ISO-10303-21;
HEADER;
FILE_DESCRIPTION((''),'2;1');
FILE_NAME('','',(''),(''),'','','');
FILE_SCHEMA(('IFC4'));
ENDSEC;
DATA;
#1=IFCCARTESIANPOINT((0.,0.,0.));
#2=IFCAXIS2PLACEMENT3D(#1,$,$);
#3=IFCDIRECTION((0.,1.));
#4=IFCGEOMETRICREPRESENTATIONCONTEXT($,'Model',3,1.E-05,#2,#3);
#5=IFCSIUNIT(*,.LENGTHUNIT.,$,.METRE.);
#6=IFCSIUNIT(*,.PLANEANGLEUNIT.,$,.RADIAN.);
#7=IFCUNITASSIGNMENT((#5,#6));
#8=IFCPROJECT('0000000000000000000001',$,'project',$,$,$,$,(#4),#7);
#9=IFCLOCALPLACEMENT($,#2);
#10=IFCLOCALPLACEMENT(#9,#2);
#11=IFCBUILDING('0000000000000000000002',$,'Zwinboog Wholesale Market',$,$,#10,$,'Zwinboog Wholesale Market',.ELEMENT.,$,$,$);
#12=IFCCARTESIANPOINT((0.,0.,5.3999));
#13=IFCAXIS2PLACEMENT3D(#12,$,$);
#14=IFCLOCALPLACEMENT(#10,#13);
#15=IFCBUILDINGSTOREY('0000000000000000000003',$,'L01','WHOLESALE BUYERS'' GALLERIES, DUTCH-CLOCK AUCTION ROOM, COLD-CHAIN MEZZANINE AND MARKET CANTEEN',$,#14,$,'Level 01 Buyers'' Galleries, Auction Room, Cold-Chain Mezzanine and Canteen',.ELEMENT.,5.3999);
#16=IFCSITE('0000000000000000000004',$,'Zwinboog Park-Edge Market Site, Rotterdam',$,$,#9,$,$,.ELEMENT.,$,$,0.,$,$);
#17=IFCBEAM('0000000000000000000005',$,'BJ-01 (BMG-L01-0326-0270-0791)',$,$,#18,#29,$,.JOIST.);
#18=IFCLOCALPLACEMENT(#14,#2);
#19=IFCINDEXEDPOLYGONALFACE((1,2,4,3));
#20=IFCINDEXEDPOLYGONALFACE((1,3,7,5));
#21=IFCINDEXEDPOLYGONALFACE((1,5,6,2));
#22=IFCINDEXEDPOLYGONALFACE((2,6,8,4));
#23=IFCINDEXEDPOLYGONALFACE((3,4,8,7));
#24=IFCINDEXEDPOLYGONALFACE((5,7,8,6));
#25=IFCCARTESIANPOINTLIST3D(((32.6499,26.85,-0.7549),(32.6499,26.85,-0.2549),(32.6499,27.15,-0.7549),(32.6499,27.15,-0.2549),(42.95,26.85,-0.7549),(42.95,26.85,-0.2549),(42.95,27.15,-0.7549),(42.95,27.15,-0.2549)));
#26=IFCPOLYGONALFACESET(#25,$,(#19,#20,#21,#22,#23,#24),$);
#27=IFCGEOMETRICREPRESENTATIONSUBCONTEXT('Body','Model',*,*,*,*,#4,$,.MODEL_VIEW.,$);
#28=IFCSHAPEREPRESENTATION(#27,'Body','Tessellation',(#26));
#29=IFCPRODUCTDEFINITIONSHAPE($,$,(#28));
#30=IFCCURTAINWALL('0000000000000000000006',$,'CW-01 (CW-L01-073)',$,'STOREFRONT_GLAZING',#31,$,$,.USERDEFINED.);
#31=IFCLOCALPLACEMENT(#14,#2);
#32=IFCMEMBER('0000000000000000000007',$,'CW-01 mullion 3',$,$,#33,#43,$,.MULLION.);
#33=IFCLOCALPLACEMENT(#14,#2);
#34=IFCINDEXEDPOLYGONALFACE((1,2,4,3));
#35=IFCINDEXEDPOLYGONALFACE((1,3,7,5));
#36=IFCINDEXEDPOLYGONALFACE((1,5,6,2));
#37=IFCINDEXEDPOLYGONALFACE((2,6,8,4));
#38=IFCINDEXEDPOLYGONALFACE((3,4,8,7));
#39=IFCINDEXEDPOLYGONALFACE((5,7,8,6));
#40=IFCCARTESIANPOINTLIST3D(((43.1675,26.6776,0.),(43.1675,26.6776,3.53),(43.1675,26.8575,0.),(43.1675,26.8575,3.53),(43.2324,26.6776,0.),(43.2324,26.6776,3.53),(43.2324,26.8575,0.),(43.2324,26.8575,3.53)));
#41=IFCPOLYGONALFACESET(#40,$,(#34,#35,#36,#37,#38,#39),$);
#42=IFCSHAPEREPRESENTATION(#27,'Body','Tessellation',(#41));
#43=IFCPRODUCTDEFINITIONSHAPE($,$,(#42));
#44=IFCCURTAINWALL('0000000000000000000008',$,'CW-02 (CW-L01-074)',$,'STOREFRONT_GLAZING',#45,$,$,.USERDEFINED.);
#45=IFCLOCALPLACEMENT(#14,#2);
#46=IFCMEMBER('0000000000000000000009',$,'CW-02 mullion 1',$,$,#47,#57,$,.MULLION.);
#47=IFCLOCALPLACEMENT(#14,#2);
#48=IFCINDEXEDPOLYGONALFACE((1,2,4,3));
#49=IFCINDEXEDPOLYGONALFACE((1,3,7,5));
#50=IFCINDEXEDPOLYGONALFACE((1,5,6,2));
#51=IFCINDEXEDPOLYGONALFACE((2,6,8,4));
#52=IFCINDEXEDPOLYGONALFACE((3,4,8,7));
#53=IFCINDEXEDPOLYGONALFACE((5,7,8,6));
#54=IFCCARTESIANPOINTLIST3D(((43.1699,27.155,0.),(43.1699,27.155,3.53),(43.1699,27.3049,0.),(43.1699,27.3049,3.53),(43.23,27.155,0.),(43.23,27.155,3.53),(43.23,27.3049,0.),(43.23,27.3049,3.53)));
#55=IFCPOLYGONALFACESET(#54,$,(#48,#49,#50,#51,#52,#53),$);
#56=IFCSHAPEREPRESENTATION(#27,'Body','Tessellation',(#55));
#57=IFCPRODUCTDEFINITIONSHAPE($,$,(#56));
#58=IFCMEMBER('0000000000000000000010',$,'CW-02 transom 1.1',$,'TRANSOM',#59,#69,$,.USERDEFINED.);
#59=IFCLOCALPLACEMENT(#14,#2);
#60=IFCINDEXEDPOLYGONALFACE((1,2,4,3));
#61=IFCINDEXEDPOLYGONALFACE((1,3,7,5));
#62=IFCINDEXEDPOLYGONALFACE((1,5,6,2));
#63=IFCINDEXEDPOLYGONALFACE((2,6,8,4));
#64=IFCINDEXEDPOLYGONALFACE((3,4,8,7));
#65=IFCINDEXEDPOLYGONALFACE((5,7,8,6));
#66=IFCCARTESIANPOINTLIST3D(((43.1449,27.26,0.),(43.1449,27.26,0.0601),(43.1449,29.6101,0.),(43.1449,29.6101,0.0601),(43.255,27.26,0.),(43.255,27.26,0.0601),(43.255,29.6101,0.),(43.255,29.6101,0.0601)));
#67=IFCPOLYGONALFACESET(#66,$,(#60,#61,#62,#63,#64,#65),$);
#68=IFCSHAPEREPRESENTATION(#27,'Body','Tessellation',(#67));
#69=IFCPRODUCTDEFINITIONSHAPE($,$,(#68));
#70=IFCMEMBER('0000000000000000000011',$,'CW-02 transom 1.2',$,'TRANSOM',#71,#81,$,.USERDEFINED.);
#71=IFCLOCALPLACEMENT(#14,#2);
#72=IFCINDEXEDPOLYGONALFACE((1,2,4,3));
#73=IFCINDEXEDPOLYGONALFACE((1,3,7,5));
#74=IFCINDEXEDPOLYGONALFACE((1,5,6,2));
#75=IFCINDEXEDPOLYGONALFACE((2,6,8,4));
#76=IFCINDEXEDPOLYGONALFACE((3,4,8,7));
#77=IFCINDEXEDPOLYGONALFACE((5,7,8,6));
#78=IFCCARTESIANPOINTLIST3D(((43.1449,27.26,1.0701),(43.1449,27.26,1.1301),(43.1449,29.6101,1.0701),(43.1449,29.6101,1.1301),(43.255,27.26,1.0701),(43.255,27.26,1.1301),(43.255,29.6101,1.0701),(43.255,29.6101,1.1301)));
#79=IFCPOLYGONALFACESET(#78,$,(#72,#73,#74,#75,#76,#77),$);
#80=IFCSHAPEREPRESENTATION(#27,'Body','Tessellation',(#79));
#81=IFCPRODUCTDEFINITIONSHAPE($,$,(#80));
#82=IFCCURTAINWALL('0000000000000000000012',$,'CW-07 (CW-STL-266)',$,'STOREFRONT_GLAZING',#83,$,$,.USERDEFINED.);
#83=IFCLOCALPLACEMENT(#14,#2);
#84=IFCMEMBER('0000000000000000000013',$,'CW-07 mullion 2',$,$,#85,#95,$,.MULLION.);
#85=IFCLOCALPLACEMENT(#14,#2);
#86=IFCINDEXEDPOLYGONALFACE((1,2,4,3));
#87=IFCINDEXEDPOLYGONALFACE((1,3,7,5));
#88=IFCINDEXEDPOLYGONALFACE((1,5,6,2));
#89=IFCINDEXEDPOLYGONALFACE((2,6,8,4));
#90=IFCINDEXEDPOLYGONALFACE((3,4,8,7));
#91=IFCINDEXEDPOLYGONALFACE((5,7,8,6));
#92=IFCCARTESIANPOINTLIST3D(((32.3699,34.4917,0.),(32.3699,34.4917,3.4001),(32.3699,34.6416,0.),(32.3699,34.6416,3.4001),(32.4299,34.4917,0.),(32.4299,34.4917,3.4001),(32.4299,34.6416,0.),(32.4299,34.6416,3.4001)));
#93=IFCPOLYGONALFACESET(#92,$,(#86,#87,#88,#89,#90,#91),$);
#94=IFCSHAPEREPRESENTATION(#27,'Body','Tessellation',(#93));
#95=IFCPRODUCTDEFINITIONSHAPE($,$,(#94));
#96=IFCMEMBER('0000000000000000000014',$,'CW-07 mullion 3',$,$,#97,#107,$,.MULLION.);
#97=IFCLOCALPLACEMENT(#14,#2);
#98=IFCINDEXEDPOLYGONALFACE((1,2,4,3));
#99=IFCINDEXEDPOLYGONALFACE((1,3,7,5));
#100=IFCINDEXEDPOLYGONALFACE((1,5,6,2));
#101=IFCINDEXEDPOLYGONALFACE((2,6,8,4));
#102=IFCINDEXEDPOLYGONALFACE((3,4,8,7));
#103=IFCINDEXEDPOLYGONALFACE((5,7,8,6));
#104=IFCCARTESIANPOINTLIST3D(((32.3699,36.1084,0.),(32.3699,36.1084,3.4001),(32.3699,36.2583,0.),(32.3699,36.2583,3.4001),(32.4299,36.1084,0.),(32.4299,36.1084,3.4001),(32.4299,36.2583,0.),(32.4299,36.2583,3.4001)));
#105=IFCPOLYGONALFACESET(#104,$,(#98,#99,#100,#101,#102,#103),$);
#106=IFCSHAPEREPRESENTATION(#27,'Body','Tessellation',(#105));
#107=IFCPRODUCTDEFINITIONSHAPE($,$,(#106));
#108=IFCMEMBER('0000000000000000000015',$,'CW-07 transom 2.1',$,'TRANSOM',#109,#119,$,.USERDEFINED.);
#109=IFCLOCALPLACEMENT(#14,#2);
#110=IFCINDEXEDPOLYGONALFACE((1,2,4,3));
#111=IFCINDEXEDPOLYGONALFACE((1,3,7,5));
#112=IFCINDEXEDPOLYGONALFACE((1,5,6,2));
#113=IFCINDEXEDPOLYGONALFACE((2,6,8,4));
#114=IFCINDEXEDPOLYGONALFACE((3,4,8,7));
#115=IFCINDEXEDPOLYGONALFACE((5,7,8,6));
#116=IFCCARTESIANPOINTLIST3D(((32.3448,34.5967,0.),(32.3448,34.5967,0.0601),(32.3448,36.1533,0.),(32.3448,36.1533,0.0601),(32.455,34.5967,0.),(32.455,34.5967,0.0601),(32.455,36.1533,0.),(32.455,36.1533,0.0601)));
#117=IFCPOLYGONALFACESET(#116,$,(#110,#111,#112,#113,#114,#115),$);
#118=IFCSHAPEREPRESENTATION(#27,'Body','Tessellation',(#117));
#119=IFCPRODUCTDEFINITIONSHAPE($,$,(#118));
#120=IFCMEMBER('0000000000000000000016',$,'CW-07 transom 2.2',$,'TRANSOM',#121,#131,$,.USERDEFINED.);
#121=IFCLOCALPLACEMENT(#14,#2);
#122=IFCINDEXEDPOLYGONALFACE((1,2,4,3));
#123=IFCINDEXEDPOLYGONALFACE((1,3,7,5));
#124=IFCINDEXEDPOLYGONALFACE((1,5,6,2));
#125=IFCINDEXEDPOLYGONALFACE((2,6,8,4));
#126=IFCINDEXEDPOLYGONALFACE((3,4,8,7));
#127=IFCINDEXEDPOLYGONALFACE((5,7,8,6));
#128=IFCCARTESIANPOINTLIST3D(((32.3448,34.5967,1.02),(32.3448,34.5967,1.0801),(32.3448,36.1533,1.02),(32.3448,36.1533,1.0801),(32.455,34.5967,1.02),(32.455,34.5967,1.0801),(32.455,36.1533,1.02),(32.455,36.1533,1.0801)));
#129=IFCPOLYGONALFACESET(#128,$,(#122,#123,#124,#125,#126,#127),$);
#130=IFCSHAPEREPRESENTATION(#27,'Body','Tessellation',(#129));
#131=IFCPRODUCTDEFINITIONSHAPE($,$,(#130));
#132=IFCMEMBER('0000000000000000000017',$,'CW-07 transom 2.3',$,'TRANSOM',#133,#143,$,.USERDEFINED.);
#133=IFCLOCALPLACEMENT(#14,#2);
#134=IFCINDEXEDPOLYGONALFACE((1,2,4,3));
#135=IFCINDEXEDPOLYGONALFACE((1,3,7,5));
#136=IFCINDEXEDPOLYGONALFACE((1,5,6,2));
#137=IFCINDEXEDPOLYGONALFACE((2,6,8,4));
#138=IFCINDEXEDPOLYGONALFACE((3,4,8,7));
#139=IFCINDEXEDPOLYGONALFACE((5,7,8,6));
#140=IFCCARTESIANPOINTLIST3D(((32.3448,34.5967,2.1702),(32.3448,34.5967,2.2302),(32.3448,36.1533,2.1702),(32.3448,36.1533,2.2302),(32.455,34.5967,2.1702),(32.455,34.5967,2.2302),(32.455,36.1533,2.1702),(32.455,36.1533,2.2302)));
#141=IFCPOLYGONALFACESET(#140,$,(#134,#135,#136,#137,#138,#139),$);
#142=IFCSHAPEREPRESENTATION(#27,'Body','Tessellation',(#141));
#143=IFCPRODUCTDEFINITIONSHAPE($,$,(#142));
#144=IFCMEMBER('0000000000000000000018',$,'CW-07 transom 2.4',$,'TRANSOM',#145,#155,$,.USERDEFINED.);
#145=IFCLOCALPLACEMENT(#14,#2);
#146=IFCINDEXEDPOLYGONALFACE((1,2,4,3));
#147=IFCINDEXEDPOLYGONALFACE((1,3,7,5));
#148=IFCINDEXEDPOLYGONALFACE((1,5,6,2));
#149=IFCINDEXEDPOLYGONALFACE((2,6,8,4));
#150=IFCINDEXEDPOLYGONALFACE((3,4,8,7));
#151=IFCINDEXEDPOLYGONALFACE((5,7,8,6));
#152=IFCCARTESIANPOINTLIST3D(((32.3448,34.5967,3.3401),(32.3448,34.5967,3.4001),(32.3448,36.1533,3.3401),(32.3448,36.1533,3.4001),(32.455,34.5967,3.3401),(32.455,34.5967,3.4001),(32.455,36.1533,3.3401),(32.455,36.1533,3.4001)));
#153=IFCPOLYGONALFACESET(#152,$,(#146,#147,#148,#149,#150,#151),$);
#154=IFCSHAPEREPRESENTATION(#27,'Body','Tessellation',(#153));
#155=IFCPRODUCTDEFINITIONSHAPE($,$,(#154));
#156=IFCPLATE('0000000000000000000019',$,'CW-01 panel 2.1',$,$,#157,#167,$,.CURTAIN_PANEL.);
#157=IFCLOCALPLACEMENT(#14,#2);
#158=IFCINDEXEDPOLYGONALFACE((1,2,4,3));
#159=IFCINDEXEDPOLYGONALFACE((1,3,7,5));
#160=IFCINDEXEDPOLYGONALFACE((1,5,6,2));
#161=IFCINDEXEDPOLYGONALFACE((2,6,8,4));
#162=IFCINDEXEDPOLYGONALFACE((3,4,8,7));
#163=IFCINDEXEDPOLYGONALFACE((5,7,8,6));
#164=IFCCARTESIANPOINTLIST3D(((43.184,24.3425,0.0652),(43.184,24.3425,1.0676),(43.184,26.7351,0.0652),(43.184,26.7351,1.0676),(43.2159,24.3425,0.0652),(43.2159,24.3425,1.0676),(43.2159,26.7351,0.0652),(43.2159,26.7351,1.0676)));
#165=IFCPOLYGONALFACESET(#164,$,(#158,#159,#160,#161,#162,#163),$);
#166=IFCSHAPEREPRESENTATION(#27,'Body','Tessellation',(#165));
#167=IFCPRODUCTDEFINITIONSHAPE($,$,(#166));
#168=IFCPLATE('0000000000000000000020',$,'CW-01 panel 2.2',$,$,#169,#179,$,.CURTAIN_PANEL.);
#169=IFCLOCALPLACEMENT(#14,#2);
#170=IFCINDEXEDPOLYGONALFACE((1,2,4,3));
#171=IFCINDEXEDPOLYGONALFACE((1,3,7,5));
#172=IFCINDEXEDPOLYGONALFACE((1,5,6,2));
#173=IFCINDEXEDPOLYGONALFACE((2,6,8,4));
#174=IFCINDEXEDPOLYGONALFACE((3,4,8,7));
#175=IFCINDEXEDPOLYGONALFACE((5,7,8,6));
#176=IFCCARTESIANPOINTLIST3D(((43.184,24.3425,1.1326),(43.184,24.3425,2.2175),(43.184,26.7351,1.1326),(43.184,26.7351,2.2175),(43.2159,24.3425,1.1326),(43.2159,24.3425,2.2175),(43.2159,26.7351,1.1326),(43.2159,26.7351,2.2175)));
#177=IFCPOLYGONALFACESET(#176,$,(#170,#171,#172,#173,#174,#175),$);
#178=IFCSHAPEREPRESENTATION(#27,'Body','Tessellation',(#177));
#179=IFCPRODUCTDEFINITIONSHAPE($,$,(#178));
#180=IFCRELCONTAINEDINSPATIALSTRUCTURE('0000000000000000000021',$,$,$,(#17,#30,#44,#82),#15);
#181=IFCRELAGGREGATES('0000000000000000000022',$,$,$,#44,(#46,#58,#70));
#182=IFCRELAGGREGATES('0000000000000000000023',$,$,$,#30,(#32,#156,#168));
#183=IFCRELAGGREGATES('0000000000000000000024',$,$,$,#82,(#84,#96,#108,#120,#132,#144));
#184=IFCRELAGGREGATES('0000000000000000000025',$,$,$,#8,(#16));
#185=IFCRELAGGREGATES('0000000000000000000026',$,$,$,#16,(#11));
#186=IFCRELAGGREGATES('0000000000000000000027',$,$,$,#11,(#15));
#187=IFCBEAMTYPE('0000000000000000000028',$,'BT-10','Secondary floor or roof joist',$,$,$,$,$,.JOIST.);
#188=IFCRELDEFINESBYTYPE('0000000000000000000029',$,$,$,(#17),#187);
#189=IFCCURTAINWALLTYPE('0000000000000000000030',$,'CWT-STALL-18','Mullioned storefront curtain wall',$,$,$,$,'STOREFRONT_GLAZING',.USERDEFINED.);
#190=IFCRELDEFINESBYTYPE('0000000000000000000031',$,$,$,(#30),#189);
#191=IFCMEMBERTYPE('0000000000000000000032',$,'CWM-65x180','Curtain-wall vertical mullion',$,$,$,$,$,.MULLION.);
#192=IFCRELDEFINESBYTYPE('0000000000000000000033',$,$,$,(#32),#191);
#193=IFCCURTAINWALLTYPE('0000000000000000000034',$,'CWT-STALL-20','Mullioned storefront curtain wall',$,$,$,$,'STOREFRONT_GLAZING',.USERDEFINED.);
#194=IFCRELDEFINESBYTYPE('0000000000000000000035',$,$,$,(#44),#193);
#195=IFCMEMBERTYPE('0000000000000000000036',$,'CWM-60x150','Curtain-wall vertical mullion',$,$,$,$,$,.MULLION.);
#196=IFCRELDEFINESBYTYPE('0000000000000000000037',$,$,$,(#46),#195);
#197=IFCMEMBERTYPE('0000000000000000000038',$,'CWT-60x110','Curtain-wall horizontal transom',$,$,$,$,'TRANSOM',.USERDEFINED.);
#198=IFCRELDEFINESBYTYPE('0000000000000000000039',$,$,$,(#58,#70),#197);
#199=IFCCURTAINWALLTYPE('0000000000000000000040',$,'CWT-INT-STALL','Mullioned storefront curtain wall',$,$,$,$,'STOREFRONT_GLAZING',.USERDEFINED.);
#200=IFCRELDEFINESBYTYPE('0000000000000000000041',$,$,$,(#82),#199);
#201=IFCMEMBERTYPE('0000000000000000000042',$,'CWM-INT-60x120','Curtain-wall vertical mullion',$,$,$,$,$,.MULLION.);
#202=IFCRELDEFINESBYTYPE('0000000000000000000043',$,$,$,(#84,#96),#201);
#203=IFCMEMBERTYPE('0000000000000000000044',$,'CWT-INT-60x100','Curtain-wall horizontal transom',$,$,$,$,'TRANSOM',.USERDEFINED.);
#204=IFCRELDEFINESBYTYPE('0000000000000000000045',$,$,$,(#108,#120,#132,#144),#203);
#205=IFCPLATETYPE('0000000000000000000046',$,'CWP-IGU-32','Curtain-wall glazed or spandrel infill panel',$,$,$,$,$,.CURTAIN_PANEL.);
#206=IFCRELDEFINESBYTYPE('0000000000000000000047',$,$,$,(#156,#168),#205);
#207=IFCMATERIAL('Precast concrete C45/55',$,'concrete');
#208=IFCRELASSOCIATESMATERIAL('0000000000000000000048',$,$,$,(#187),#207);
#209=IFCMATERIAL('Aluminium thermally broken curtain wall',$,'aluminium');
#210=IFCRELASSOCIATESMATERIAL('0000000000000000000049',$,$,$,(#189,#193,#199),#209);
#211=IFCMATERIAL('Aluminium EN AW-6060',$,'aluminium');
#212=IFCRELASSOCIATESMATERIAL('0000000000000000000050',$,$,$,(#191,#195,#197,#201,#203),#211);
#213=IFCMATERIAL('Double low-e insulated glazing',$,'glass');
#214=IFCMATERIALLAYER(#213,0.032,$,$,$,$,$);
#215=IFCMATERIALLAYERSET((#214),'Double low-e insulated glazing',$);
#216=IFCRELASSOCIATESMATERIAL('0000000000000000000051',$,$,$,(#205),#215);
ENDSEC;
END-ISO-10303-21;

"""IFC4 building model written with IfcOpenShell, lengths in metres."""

from ifc_helpers import new_model, si_unit, direction, frame, origin, origin_2d, place, context, subcontext, project, spatial, rectangle, extrude, material, layer, layer_set, material_profile, profile_set, type_object, element, aggregate, save


model = new_model("IFC4")

# Units and contexts
model_context = context("Model", 3, precision=1e-05, world=origin(), true_north=direction((0.0, 1.0)))
body_context = subcontext(model_context, "Body", "Model", "MODEL_VIEW")
ifc_project = project(units=[si_unit("LENGTHUNIT", "METRE"), si_unit("PLANEANGLEUNIT", "RADIAN")], contexts=[model_context])

# Site, building, storey
site_placement = place(None, origin())
site = spatial("IfcSite", under=ifc_project, at=site_placement, Name="Zwinboog Park-Edge Market Site, Rotterdam", CompositionType="ELEMENT", RefElevation=0.0)
building_placement = place(site_placement, origin())
building = spatial("IfcBuilding", under=site, at=building_placement, Name="Zwinboog Wholesale Market", LongName="Zwinboog Wholesale Market", CompositionType="ELEMENT")
storey_placement = place(building_placement, frame((0.0, 0.0, 5.3999)))
storey = spatial("IfcBuildingStorey", under=building, at=storey_placement, Name="L01", Description="WHOLESALE BUYERS' GALLERIES, DUTCH-CLOCK AUCTION ROOM, COLD-CHAIN MEZZANINE AND MARKET CANTEEN", LongName="Level 01 Buyers' Galleries, Auction Room, Cold-Chain Mezzanine and Canteen", CompositionType="ELEMENT", Elevation=5.3999)

# Beam
ifc_material_1 = material(Name="Precast concrete C45/55", Category="concrete")
ifc_material_profile_1 = material_profile(ifc_material_1, rectangle(XDim=0.3, YDim=0.5, at=origin_2d()), Name="PC 300x500")
ifc_profile_set_1 = profile_set([ifc_material_profile_1], Name="Precast concrete C45/55")
beam_type = type_object("IfcBeamType", Name="BT-10", Description="Secondary floor or roof joist", PredefinedType="JOIST", material=ifc_profile_set_1)
beam_placement = place(storey_placement, frame((32.6499, 27.0, -0.5049), z_axis=(1.0, 0.0, 0.0), x_axis=(0.0, 1.0, 0.0)))
element("IfcBeam", 1, at=beam_placement, inside=storey, type_object=beam_type, Name="BJ-01 (BMG-L01-0326-0270-0791)", PredefinedType="JOIST", context=body_context, shape_type="SweptSolid", body=[
    extrude(rectangle(XDim=0.3, YDim=0.5, at=origin_2d()), origin(), (0.0, 0.0, 1.0), 10.3),
])

# Curtain wall, member
ifc_material_2 = material(Name="Aluminium thermally broken curtain wall", Category="aluminium")
curtain_wall_type_1 = type_object("IfcCurtainWallType", Name="CWT-STALL-18", Description="Mullioned storefront curtain wall", ElementType="STOREFRONT_GLAZING", PredefinedType="USERDEFINED", material=ifc_material_2)
curtain_wall_1_placement = place(storey_placement, origin())
curtain_wall_1 = element("IfcCurtainWall", 2, at=curtain_wall_1_placement, inside=storey, type_object=curtain_wall_type_1, Name="CW-01 (CW-L01-073)", ObjectType="STOREFRONT_GLAZING", PredefinedType="USERDEFINED")
ifc_material_3 = material(Name="Aluminium EN AW-6060", Category="aluminium")
ifc_material_profile_2 = material_profile(ifc_material_3, rectangle(XDim=0.0649, YDim=0.1799, at=origin_2d()), Name="AL 65x180")
ifc_profile_set_2 = profile_set([ifc_material_profile_2], Name="Aluminium EN AW-6060")
member_type_1 = type_object("IfcMemberType", Name="CWM-65x180", Description="Curtain-wall vertical mullion", PredefinedType="MULLION", material=ifc_profile_set_2)
member_1_placement = place(storey_placement, frame((43.2, 26.7676, 0.0), z_axis=(0.0, 0.0, 1.0), x_axis=(-1.0, 0.0, 0.0)))
member_1 = element("IfcMember", 3, at=member_1_placement, type_object=member_type_1, Name="CW-01 mullion 3", PredefinedType="MULLION", context=body_context, shape_type="SweptSolid", body=[
    extrude(rectangle(XDim=0.0649, YDim=0.1799, at=origin_2d()), origin(), (0.0, 0.0, 1.0), 3.53),
])

# Curtain walls, members
curtain_wall_type_2 = type_object("IfcCurtainWallType", Name="CWT-STALL-20", Description="Mullioned storefront curtain wall", ElementType="STOREFRONT_GLAZING", PredefinedType="USERDEFINED", material=ifc_material_2)
curtain_wall_2_placement = place(storey_placement, origin())
curtain_wall_2 = element("IfcCurtainWall", 4, at=curtain_wall_2_placement, inside=storey, type_object=curtain_wall_type_2, Name="CW-02 (CW-L01-074)", ObjectType="STOREFRONT_GLAZING", PredefinedType="USERDEFINED")
ifc_material_profile_3 = material_profile(ifc_material_3, rectangle(XDim=0.0601, YDim=0.1499, at=origin_2d()), Name="AL 60x150")
ifc_profile_set_3 = profile_set([ifc_material_profile_3], Name="Aluminium EN AW-6060")
member_type_2 = type_object("IfcMemberType", Name="CWM-60x150", Description="Curtain-wall vertical mullion", PredefinedType="MULLION", material=ifc_profile_set_3)
member_2_placement = place(storey_placement, frame((43.2, 27.23, 0.0), z_axis=(0.0, 0.0, 1.0), x_axis=(-1.0, 0.0, 0.0)))
member_2 = element("IfcMember", 5, at=member_2_placement, type_object=member_type_2, Name="CW-02 mullion 1", PredefinedType="MULLION", context=body_context, shape_type="SweptSolid", body=[
    extrude(rectangle(XDim=0.0601, YDim=0.1499, at=origin_2d()), origin(), (0.0, 0.0, 1.0), 3.53),
])
ifc_material_profile_4 = material_profile(ifc_material_3, rectangle(XDim=0.1101, YDim=0.0601, at=origin_2d()), Name="AL 60x110")
ifc_profile_set_4 = profile_set([ifc_material_profile_4], Name="Aluminium EN AW-6060")
member_type_3 = type_object("IfcMemberType", Name="CWT-60x110", Description="Curtain-wall horizontal transom", ElementType="TRANSOM", PredefinedType="USERDEFINED", material=ifc_profile_set_4)
member_3_placement = place(storey_placement, frame((43.2, 27.26, 0.03), z_axis=(0.0, 1.0, 0.0), x_axis=(-1.0, 0.0, 0.0)))
member_3 = element("IfcMember", 6, at=member_3_placement, type_object=member_type_3, Name="CW-02 transom 1.1", ObjectType="TRANSOM", PredefinedType="USERDEFINED", context=body_context, shape_type="SweptSolid", body=[
    extrude(rectangle(XDim=0.1101, YDim=0.0601, at=origin_2d()), origin(), (0.0, 0.0, 1.0), 2.3501),
])
member_4_placement = place(storey_placement, frame((43.2, 27.26, 1.1001), z_axis=(0.0, 1.0, 0.0), x_axis=(-1.0, 0.0, 0.0)))
member_4 = element("IfcMember", 7, at=member_4_placement, type_object=member_type_3, Name="CW-02 transom 1.2", ObjectType="TRANSOM", PredefinedType="USERDEFINED", context=body_context, shape_type="SweptSolid", body=[
    extrude(rectangle(XDim=0.1101, YDim=0.0601, at=origin_2d()), origin(), (0.0, 0.0, 1.0), 2.3501),
])
aggregate(curtain_wall_2, [member_2, member_3, member_4])
curtain_wall_type_3 = type_object("IfcCurtainWallType", Name="CWT-INT-STALL", Description="Mullioned storefront curtain wall", ElementType="STOREFRONT_GLAZING", PredefinedType="USERDEFINED", material=ifc_material_2)
curtain_wall_3_placement = place(storey_placement, origin())
curtain_wall_3 = element("IfcCurtainWall", 8, at=curtain_wall_3_placement, inside=storey, type_object=curtain_wall_type_3, Name="CW-07 (CW-STL-266)", ObjectType="STOREFRONT_GLAZING", PredefinedType="USERDEFINED")
ifc_material_profile_5 = material_profile(ifc_material_3, rectangle(XDim=0.0601, YDim=0.1499, at=origin_2d()), Name="AL 60x150")
ifc_profile_set_5 = profile_set([ifc_material_profile_5], Name="Aluminium EN AW-6060")
member_type_4 = type_object("IfcMemberType", Name="CWM-INT-60x120", Description="Curtain-wall vertical mullion", PredefinedType="MULLION", material=ifc_profile_set_5)
member_5_placement = place(storey_placement, frame((32.3999, 34.5667, 0.0), z_axis=(0.0, 0.0, 1.0), x_axis=(-1.0, 0.0, 0.0)))
member_5 = element("IfcMember", 9, at=member_5_placement, type_object=member_type_4, Name="CW-07 mullion 2", PredefinedType="MULLION", context=body_context, shape_type="SweptSolid", body=[
    extrude(rectangle(XDim=0.0601, YDim=0.1499, at=origin_2d()), origin(), (0.0, 0.0, 1.0), 3.4001),
])
member_6_placement = place(storey_placement, frame((32.3999, 36.1833, 0.0), z_axis=(0.0, 0.0, 1.0), x_axis=(-1.0, 0.0, 0.0)))
member_6 = element("IfcMember", 10, at=member_6_placement, type_object=member_type_4, Name="CW-07 mullion 3", PredefinedType="MULLION", context=body_context, shape_type="SweptSolid", body=[
    extrude(rectangle(XDim=0.0601, YDim=0.1499, at=origin_2d()), origin(), (0.0, 0.0, 1.0), 3.4001),
])
ifc_material_profile_6 = material_profile(ifc_material_3, rectangle(XDim=0.1101, YDim=0.0601, at=origin_2d()), Name="AL 60x110")
ifc_profile_set_6 = profile_set([ifc_material_profile_6], Name="Aluminium EN AW-6060")
member_type_5 = type_object("IfcMemberType", Name="CWT-INT-60x100", Description="Curtain-wall horizontal transom", ElementType="TRANSOM", PredefinedType="USERDEFINED", material=ifc_profile_set_6)
member_7_placement = place(storey_placement, frame((32.3999, 34.5967, 0.03), z_axis=(0.0, 1.0, 0.0), x_axis=(-1.0, 0.0, 0.0)))
member_7 = element("IfcMember", 11, at=member_7_placement, type_object=member_type_5, Name="CW-07 transom 2.1", ObjectType="TRANSOM", PredefinedType="USERDEFINED", context=body_context, shape_type="SweptSolid", body=[
    extrude(rectangle(XDim=0.1101, YDim=0.0601, at=origin_2d()), origin(), (0.0, 0.0, 1.0), 1.5566),
])
member_8_placement = place(storey_placement, frame((32.3999, 34.5967, 1.05), z_axis=(0.0, 1.0, 0.0), x_axis=(-1.0, 0.0, 0.0)))
member_8 = element("IfcMember", 12, at=member_8_placement, type_object=member_type_5, Name="CW-07 transom 2.2", ObjectType="TRANSOM", PredefinedType="USERDEFINED", context=body_context, shape_type="SweptSolid", body=[
    extrude(rectangle(XDim=0.1101, YDim=0.0601, at=origin_2d()), origin(), (0.0, 0.0, 1.0), 1.5566),
])
member_9_placement = place(storey_placement, frame((32.3999, 34.5967, 2.2002), z_axis=(0.0, 1.0, 0.0), x_axis=(-1.0, 0.0, 0.0)))
member_9 = element("IfcMember", 13, at=member_9_placement, type_object=member_type_5, Name="CW-07 transom 2.3", ObjectType="TRANSOM", PredefinedType="USERDEFINED", context=body_context, shape_type="SweptSolid", body=[
    extrude(rectangle(XDim=0.1101, YDim=0.0601, at=origin_2d()), origin(), (0.0, 0.0, 1.0), 1.5566),
])
member_10_placement = place(storey_placement, frame((32.3999, 34.5967, 3.3701), z_axis=(0.0, 1.0, 0.0), x_axis=(-1.0, 0.0, 0.0)))
member_10 = element("IfcMember", 14, at=member_10_placement, type_object=member_type_5, Name="CW-07 transom 2.4", ObjectType="TRANSOM", PredefinedType="USERDEFINED", context=body_context, shape_type="SweptSolid", body=[
    extrude(rectangle(XDim=0.1101, YDim=0.0601, at=origin_2d()), origin(), (0.0, 0.0, 1.0), 1.5566),
])

# Plates
ifc_material_4 = material(Name="Double low-e insulated glazing", Category="glass")
ifc_layer_1 = layer(ifc_material_4, 0.032)
ifc_layer_set_1 = layer_set([ifc_layer_1], Name="Double low-e insulated glazing")
plate_type_1 = type_object("IfcPlateType", Name="CWP-IGU-32", Description="Curtain-wall glazed or spandrel infill panel", PredefinedType="CURTAIN_PANEL", material=ifc_layer_set_1)
plate_1_placement = place(storey_placement, frame((43.2, 25.5388, 0.0652), z_axis=(0.0, 0.0, 1.0), x_axis=(0.0, 1.0, 0.0)))
plate_1 = element("IfcPlate", 15, at=plate_1_placement, type_object=plate_type_1, Name="CW-01 panel 2.1", PredefinedType="CURTAIN_PANEL", context=body_context, shape_type="SweptSolid", body=[
    extrude(rectangle(XDim=2.3926, YDim=0.032, at=origin_2d()), origin(), (0.0, 0.0, 1.0), 1.0024),
])
plate_2_placement = place(storey_placement, frame((43.2, 25.5388, 1.1326), z_axis=(0.0, 0.0, 1.0), x_axis=(0.0, 1.0, 0.0)))
plate_2 = element("IfcPlate", 16, at=plate_2_placement, type_object=plate_type_1, Name="CW-01 panel 2.2", PredefinedType="CURTAIN_PANEL", context=body_context, shape_type="SweptSolid", body=[
    extrude(rectangle(XDim=2.3926, YDim=0.032, at=origin_2d()), origin(), (0.0, 0.0, 1.0), 1.085),
])
aggregate(curtain_wall_1, [member_1, plate_1, plate_2])
aggregate(curtain_wall_3, [member_5, member_6, member_7, member_8, member_9, member_10])

save(model, "model.ifc")
